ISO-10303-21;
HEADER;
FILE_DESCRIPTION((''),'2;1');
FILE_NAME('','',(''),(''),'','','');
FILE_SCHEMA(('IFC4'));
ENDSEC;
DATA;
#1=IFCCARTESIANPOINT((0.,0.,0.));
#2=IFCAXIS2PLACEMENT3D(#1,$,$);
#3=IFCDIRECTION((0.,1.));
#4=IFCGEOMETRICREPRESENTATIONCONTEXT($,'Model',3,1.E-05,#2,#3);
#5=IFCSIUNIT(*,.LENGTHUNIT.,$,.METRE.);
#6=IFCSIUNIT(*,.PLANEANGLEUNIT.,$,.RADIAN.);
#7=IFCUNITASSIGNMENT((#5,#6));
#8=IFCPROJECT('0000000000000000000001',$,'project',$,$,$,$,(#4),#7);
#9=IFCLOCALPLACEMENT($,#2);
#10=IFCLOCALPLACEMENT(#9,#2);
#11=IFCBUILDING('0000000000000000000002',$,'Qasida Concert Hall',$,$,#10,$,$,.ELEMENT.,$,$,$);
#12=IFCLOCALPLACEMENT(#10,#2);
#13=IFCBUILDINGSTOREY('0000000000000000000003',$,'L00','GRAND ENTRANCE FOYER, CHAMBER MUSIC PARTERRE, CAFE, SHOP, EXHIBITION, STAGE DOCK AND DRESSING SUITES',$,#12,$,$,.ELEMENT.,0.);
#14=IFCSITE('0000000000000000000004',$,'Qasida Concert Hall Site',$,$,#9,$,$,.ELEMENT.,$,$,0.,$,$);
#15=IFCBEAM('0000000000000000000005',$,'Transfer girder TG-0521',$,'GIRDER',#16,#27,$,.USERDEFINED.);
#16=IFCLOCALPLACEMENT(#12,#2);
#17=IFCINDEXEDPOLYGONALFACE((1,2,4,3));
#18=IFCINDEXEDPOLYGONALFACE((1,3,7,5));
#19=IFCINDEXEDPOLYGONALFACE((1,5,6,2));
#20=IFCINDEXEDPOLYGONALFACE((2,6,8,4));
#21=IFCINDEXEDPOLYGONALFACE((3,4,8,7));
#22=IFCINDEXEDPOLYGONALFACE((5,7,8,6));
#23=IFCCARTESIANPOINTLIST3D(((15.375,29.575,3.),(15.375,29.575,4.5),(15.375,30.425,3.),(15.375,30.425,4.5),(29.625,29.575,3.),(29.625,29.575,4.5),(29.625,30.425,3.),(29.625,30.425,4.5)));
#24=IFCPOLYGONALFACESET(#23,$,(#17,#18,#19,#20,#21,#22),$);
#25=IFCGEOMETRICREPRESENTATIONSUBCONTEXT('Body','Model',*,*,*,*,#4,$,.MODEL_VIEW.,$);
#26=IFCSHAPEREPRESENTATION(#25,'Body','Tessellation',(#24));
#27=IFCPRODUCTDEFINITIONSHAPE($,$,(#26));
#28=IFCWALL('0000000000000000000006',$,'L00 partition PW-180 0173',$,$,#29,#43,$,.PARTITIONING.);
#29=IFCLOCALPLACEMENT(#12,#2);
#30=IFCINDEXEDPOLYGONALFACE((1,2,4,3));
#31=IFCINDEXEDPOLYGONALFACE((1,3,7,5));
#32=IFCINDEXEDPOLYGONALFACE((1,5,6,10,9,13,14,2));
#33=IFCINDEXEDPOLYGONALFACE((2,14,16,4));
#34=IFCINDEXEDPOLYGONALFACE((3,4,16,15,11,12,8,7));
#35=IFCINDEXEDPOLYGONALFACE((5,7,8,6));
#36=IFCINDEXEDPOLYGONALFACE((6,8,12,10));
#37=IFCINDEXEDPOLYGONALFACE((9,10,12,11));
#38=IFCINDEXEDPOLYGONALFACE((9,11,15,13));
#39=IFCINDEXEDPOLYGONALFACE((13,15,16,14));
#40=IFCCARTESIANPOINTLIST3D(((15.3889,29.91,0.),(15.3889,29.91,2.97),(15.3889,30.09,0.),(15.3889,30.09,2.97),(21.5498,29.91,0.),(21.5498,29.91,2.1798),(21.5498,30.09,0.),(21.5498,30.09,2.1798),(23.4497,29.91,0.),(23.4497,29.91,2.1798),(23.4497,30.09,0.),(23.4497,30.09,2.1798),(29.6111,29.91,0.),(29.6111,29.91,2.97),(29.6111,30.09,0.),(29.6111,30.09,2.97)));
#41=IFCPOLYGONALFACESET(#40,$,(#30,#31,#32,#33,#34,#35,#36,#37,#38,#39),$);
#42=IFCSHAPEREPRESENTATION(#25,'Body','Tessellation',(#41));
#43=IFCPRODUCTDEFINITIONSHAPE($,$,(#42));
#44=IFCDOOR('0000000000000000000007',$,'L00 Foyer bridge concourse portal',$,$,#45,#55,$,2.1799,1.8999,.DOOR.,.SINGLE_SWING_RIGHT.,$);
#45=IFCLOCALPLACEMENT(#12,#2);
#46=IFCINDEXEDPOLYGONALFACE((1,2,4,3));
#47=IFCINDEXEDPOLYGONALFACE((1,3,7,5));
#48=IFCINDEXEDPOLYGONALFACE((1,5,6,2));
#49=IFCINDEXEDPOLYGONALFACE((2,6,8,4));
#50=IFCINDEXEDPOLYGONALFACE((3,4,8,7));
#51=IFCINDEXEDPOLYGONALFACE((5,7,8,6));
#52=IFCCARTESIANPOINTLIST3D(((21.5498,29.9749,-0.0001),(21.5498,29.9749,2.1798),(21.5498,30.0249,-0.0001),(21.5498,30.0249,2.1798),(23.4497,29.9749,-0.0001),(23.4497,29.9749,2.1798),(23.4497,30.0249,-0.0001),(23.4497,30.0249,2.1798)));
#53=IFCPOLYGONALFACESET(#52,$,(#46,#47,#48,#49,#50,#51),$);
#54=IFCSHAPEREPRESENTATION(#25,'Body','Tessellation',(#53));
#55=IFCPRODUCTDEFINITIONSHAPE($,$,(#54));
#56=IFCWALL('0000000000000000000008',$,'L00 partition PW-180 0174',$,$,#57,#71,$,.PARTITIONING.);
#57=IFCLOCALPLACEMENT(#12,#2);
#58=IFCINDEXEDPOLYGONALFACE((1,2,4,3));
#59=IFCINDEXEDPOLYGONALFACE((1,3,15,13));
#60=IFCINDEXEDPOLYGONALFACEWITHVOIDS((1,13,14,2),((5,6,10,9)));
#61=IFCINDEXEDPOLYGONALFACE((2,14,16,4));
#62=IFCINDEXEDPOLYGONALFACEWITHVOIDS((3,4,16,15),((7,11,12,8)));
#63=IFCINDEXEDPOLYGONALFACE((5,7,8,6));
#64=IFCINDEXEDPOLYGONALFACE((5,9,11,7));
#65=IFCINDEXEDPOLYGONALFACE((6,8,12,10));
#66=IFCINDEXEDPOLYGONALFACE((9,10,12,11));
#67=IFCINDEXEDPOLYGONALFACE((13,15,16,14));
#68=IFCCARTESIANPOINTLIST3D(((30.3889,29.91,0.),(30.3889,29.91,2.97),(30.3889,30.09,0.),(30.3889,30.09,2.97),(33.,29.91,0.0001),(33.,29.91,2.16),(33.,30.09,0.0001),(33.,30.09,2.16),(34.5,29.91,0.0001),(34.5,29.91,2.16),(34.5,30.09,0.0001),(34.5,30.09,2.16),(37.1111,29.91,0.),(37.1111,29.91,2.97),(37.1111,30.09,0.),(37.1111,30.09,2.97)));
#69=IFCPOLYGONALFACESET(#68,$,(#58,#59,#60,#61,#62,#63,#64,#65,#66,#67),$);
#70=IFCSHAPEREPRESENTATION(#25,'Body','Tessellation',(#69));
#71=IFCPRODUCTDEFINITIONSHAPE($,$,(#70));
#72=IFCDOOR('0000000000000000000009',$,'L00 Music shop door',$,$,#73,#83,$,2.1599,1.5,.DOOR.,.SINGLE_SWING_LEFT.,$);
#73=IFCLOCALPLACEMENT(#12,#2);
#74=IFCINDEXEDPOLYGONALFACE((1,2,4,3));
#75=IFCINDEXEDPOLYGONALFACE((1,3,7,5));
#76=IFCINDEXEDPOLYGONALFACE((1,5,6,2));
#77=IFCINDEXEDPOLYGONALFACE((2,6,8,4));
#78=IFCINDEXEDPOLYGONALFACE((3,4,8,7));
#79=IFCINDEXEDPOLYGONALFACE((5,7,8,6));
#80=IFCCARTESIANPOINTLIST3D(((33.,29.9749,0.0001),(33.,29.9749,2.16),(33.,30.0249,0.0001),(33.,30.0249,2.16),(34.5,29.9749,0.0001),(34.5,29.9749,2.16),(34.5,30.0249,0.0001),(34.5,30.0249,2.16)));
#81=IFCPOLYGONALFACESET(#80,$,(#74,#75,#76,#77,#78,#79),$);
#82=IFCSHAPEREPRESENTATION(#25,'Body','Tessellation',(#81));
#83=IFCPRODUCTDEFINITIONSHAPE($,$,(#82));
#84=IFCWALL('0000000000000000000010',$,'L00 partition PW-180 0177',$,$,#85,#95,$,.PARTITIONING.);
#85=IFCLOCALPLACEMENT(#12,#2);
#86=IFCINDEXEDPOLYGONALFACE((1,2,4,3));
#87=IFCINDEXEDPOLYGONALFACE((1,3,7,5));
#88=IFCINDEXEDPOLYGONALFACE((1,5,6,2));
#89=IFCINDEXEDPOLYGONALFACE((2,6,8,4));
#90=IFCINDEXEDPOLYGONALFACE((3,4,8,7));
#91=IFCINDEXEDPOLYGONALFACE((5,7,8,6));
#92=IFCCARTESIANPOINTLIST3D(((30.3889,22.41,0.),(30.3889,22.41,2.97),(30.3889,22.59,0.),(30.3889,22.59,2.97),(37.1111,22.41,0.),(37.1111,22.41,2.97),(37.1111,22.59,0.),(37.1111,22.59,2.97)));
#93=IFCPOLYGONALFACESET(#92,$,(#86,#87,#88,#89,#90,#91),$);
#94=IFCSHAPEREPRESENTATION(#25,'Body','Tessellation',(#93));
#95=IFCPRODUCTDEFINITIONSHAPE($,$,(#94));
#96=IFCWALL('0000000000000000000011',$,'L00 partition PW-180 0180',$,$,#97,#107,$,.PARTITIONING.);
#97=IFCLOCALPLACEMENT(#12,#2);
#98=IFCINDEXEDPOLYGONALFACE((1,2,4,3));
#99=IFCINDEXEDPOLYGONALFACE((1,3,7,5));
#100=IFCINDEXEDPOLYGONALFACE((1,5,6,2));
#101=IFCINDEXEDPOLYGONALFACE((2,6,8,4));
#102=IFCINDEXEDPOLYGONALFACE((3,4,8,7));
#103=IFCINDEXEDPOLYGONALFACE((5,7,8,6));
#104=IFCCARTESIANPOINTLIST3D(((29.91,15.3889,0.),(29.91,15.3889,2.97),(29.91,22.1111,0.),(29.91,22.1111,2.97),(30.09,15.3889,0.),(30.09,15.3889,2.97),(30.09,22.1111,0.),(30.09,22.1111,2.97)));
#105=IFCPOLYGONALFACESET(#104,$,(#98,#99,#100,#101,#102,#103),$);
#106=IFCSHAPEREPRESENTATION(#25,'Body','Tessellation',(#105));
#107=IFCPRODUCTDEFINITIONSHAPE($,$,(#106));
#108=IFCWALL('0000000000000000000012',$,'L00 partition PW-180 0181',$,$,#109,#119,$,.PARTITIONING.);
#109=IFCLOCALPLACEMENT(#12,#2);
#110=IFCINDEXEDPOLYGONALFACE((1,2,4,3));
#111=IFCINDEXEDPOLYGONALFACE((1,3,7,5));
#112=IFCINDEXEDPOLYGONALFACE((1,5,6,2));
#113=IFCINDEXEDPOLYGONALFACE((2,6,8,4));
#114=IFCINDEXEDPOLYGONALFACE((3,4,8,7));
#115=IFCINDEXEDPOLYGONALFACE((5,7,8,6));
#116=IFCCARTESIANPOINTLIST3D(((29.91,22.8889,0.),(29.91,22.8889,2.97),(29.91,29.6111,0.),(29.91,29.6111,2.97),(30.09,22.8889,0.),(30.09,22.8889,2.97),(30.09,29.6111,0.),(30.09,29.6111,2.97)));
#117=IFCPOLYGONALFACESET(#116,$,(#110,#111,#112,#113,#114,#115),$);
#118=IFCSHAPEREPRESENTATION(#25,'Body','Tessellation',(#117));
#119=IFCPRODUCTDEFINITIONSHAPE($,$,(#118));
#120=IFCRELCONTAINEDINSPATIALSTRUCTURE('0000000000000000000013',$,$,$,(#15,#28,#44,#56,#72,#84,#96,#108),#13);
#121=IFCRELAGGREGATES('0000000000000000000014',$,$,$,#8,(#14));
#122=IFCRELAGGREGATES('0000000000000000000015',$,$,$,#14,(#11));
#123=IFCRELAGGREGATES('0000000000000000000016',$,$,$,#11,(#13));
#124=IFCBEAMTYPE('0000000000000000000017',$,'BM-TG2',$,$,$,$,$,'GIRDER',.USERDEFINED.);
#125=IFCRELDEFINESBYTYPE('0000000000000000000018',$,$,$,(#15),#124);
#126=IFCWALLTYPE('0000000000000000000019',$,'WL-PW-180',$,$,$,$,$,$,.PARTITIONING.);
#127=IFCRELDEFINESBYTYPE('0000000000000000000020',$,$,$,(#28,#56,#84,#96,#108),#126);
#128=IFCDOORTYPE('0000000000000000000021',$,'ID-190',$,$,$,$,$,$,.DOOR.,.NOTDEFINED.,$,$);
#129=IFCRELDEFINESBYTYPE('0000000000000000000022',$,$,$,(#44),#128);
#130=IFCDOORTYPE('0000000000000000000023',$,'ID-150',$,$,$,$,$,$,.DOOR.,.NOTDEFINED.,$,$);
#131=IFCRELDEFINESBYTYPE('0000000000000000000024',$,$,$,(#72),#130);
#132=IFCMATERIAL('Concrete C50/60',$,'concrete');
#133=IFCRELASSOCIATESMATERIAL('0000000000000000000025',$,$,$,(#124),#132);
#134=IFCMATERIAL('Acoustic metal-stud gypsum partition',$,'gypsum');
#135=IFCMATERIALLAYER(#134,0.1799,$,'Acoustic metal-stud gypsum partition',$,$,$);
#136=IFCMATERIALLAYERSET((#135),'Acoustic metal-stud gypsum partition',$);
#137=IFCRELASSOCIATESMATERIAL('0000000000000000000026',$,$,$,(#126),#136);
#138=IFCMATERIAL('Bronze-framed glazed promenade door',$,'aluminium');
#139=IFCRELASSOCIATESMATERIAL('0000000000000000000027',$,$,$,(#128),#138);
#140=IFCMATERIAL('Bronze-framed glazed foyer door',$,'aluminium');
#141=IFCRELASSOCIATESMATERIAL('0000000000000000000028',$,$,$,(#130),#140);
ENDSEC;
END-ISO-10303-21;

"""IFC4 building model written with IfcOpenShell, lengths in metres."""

from ifc_helpers import new_model, si_unit, direction, frame, frame_2d, origin, origin_2d, place, context, subcontext, project, spatial, rectangle, extrude, material, layer, layer_set, material_profile, profile_set, type_object, element, fill, save


model = new_model("IFC4")

# Units and contexts
model_context = context("Model", 3, precision=1e-05, world=origin(), true_north=direction((0.0, 1.0)))
body_context = subcontext(model_context, "Body", "Model", "MODEL_VIEW")
ifc_project = project(units=[si_unit("LENGTHUNIT", "METRE"), si_unit("PLANEANGLEUNIT", "RADIAN")], contexts=[model_context])

# Site, building, storey
site_placement = place(None, origin())
site = spatial("IfcSite", under=ifc_project, at=site_placement, Name="Qasida Concert Hall Site", CompositionType="ELEMENT", RefElevation=0.0)
building_placement = place(site_placement, origin())
building = spatial("IfcBuilding", under=site, at=building_placement, Name="Qasida Concert Hall", CompositionType="ELEMENT")
storey_placement = place(building_placement, origin())
storey = spatial("IfcBuildingStorey", under=building, at=storey_placement, Name="L00", Description="GRAND ENTRANCE FOYER, CHAMBER MUSIC PARTERRE, CAFE, SHOP, EXHIBITION, STAGE DOCK AND DRESSING SUITES", CompositionType="ELEMENT", Elevation=0.0)

# Shared definitions
ifc_material_1 = material(Name="Concrete C50/60", Category="concrete")

# Beam
ifc_material_profile_1 = material_profile(ifc_material_1, rectangle(XDim=0.8501, YDim=1.5, at=origin_2d()), Name="RC 850x1500")
ifc_profile_set_1 = profile_set([ifc_material_profile_1], Name="Concrete C50/60")
beam_type_1 = type_object("IfcBeamType", Name="BM-TG2", ElementType="GIRDER", PredefinedType="USERDEFINED", material=ifc_profile_set_1)
for number, where, z_axis, x_axis, name in (
    (1, (15.375, 30.0, 3.75), (1.0, 0.0, 0.0), (0.0, 1.0, 0.0), "Transfer girder TG-0521"),
):
    element("IfcBeam", number, at=place(storey_placement, frame(where, z_axis=z_axis, x_axis=x_axis)), inside=storey, type_object=beam_type_1, Name=name, ObjectType="GIRDER", PredefinedType="USERDEFINED", context=body_context, shape_type="SweptSolid", body=[
        extrude(rectangle(XDim=0.8501, YDim=1.5, at=origin_2d()), origin(), (0.0, 0.0, 1.0), 14.25),
    ])

# Walls, openings, doors
ifc_material_2 = material(Name="Acoustic metal-stud gypsum partition", Category="gypsum")
ifc_layer = layer(ifc_material_2, 0.1799, Name="Acoustic metal-stud gypsum partition")
ifc_layer_set = layer_set([ifc_layer], Name="Acoustic metal-stud gypsum partition")
wall_type = type_object("IfcWallType", Name="WL-PW-180", PredefinedType="PARTITIONING", material=ifc_layer_set)
wall_1_placement = place(storey_placement, frame((15.3889, 30.0, 0.0), z_axis=(0.0, 0.0, 1.0), x_axis=(1.0, 0.0, 0.0)))
wall_1 = element("IfcWall", 2, at=wall_1_placement, inside=storey, type_object=wall_type, Name="L00 partition PW-180 0173", PredefinedType="PARTITIONING", context=body_context, shape_type="SweptSolid", body=[
    extrude(rectangle(XDim=14.2222, YDim=0.1799, at=frame_2d((7.1111, 0.0))), origin(), (0.0, 0.0, 1.0), 2.97),
])
opening_1_placement = place(wall_1_placement, frame((6.1609, 0.0, 0.0)))
opening_1 = element("IfcOpeningElement", 3, at=opening_1_placement, cuts=wall_1, PredefinedType="OPENING", context=body_context, shape_type="SweptSolid", body=[
    extrude(rectangle(XDim=1.8999, YDim=2.1799, at=frame_2d((0.95, 1.0898))), frame((0.0, 0.0999, 0.0), z_axis=(0.0, -1.0, 0.0), x_axis=(1.0, 0.0, 0.0)), (0.0, 0.0, 1.0), 0.2),
])
ifc_material_3 = material(Name="Bronze-framed glazed promenade door", Category="aluminium")
door_type_1 = type_object("IfcDoorType", Name="ID-190", OperationType="NOTDEFINED", PredefinedType="DOOR", material=ifc_material_3)
door_1_placement = place(opening_1_placement, origin())
door_1 = element("IfcDoor", 4, at=door_1_placement, inside=storey, type_object=door_type_1, Name="L00 Foyer bridge concourse portal", OperationType="SINGLE_SWING_RIGHT", OverallHeight=2.1799, OverallWidth=1.8999, PredefinedType="DOOR", context=body_context, shape_type="SweptSolid", body=[
    extrude(rectangle(XDim=1.8999, YDim=2.1799, at=frame_2d((0.95, 1.0898))), frame((0.0, 0.0249, 0.0), z_axis=(0.0, -1.0, 0.0), x_axis=(1.0, 0.0, 0.0)), (0.0, 0.0, 1.0), 0.05),
])
fill(opening_1, door_1)
wall_2_placement = place(storey_placement, frame((30.3889, 30.0, 0.0), z_axis=(0.0, 0.0, 1.0), x_axis=(1.0, 0.0, 0.0)))
wall_2 = element("IfcWall", 5, at=wall_2_placement, inside=storey, type_object=wall_type, Name="L00 partition PW-180 0174", PredefinedType="PARTITIONING", context=body_context, shape_type="SweptSolid", body=[
    extrude(rectangle(XDim=6.7222, YDim=0.1799, at=frame_2d((3.3611, 0.0))), origin(), (0.0, 0.0, 1.0), 2.97),
])
opening_2_placement = place(wall_2_placement, frame((2.6111, 0.0, 0.0)))
opening_2 = element("IfcOpeningElement", 6, at=opening_2_placement, cuts=wall_2, PredefinedType="OPENING", context=body_context, shape_type="SweptSolid", body=[
    extrude(rectangle(XDim=1.5, YDim=2.1599, at=frame_2d((0.75, 1.0801))), frame((0.0, 0.0999, 0.0), z_axis=(0.0, -1.0, 0.0), x_axis=(1.0, 0.0, 0.0)), (0.0, 0.0, 1.0), 0.2),
])
ifc_material_4 = material(Name="Bronze-framed glazed foyer door", Category="aluminium")
door_type_2 = type_object("IfcDoorType", Name="ID-150", OperationType="NOTDEFINED", PredefinedType="DOOR", material=ifc_material_4)
door_2_placement = place(opening_2_placement, origin())
door_2 = element("IfcDoor", 7, at=door_2_placement, inside=storey, type_object=door_type_2, Name="L00 Music shop door", OperationType="SINGLE_SWING_LEFT", OverallHeight=2.1599, OverallWidth=1.5, PredefinedType="DOOR", context=body_context, shape_type="SweptSolid", body=[
    extrude(rectangle(XDim=1.5, YDim=2.1599, at=frame_2d((0.75, 1.0801))), frame((0.0, 0.0249, 0.0), z_axis=(0.0, -1.0, 0.0), x_axis=(1.0, 0.0, 0.0)), (0.0, 0.0, 1.0), 0.05),
])
fill(opening_2, door_2)

# Walls
for number, where, z_axis, x_axis, name in (
    (8, (30.3889, 22.5, 0.0), (0.0, 0.0, 1.0), (1.0, 0.0, 0.0), "L00 partition PW-180 0177"),
    (9, (30.0, 15.3889, 0.0), (0.0, 0.0, 1.0), (0.0, 1.0, 0.0), "L00 partition PW-180 0180"),
    (10, (30.0, 22.8889, 0.0), (0.0, 0.0, 1.0), (0.0, 1.0, 0.0), "L00 partition PW-180 0181"),
):
    element("IfcWall", number, at=place(storey_placement, frame(where, z_axis=z_axis, x_axis=x_axis)), inside=storey, type_object=wall_type, Name=name, PredefinedType="PARTITIONING", context=body_context, shape_type="SweptSolid", body=[
        extrude(rectangle(XDim=6.7222, YDim=0.1799, at=frame_2d((3.3611, 0.0))), origin(), (0.0, 0.0, 1.0), 2.97),
    ])

save(model, "model.ifc")
